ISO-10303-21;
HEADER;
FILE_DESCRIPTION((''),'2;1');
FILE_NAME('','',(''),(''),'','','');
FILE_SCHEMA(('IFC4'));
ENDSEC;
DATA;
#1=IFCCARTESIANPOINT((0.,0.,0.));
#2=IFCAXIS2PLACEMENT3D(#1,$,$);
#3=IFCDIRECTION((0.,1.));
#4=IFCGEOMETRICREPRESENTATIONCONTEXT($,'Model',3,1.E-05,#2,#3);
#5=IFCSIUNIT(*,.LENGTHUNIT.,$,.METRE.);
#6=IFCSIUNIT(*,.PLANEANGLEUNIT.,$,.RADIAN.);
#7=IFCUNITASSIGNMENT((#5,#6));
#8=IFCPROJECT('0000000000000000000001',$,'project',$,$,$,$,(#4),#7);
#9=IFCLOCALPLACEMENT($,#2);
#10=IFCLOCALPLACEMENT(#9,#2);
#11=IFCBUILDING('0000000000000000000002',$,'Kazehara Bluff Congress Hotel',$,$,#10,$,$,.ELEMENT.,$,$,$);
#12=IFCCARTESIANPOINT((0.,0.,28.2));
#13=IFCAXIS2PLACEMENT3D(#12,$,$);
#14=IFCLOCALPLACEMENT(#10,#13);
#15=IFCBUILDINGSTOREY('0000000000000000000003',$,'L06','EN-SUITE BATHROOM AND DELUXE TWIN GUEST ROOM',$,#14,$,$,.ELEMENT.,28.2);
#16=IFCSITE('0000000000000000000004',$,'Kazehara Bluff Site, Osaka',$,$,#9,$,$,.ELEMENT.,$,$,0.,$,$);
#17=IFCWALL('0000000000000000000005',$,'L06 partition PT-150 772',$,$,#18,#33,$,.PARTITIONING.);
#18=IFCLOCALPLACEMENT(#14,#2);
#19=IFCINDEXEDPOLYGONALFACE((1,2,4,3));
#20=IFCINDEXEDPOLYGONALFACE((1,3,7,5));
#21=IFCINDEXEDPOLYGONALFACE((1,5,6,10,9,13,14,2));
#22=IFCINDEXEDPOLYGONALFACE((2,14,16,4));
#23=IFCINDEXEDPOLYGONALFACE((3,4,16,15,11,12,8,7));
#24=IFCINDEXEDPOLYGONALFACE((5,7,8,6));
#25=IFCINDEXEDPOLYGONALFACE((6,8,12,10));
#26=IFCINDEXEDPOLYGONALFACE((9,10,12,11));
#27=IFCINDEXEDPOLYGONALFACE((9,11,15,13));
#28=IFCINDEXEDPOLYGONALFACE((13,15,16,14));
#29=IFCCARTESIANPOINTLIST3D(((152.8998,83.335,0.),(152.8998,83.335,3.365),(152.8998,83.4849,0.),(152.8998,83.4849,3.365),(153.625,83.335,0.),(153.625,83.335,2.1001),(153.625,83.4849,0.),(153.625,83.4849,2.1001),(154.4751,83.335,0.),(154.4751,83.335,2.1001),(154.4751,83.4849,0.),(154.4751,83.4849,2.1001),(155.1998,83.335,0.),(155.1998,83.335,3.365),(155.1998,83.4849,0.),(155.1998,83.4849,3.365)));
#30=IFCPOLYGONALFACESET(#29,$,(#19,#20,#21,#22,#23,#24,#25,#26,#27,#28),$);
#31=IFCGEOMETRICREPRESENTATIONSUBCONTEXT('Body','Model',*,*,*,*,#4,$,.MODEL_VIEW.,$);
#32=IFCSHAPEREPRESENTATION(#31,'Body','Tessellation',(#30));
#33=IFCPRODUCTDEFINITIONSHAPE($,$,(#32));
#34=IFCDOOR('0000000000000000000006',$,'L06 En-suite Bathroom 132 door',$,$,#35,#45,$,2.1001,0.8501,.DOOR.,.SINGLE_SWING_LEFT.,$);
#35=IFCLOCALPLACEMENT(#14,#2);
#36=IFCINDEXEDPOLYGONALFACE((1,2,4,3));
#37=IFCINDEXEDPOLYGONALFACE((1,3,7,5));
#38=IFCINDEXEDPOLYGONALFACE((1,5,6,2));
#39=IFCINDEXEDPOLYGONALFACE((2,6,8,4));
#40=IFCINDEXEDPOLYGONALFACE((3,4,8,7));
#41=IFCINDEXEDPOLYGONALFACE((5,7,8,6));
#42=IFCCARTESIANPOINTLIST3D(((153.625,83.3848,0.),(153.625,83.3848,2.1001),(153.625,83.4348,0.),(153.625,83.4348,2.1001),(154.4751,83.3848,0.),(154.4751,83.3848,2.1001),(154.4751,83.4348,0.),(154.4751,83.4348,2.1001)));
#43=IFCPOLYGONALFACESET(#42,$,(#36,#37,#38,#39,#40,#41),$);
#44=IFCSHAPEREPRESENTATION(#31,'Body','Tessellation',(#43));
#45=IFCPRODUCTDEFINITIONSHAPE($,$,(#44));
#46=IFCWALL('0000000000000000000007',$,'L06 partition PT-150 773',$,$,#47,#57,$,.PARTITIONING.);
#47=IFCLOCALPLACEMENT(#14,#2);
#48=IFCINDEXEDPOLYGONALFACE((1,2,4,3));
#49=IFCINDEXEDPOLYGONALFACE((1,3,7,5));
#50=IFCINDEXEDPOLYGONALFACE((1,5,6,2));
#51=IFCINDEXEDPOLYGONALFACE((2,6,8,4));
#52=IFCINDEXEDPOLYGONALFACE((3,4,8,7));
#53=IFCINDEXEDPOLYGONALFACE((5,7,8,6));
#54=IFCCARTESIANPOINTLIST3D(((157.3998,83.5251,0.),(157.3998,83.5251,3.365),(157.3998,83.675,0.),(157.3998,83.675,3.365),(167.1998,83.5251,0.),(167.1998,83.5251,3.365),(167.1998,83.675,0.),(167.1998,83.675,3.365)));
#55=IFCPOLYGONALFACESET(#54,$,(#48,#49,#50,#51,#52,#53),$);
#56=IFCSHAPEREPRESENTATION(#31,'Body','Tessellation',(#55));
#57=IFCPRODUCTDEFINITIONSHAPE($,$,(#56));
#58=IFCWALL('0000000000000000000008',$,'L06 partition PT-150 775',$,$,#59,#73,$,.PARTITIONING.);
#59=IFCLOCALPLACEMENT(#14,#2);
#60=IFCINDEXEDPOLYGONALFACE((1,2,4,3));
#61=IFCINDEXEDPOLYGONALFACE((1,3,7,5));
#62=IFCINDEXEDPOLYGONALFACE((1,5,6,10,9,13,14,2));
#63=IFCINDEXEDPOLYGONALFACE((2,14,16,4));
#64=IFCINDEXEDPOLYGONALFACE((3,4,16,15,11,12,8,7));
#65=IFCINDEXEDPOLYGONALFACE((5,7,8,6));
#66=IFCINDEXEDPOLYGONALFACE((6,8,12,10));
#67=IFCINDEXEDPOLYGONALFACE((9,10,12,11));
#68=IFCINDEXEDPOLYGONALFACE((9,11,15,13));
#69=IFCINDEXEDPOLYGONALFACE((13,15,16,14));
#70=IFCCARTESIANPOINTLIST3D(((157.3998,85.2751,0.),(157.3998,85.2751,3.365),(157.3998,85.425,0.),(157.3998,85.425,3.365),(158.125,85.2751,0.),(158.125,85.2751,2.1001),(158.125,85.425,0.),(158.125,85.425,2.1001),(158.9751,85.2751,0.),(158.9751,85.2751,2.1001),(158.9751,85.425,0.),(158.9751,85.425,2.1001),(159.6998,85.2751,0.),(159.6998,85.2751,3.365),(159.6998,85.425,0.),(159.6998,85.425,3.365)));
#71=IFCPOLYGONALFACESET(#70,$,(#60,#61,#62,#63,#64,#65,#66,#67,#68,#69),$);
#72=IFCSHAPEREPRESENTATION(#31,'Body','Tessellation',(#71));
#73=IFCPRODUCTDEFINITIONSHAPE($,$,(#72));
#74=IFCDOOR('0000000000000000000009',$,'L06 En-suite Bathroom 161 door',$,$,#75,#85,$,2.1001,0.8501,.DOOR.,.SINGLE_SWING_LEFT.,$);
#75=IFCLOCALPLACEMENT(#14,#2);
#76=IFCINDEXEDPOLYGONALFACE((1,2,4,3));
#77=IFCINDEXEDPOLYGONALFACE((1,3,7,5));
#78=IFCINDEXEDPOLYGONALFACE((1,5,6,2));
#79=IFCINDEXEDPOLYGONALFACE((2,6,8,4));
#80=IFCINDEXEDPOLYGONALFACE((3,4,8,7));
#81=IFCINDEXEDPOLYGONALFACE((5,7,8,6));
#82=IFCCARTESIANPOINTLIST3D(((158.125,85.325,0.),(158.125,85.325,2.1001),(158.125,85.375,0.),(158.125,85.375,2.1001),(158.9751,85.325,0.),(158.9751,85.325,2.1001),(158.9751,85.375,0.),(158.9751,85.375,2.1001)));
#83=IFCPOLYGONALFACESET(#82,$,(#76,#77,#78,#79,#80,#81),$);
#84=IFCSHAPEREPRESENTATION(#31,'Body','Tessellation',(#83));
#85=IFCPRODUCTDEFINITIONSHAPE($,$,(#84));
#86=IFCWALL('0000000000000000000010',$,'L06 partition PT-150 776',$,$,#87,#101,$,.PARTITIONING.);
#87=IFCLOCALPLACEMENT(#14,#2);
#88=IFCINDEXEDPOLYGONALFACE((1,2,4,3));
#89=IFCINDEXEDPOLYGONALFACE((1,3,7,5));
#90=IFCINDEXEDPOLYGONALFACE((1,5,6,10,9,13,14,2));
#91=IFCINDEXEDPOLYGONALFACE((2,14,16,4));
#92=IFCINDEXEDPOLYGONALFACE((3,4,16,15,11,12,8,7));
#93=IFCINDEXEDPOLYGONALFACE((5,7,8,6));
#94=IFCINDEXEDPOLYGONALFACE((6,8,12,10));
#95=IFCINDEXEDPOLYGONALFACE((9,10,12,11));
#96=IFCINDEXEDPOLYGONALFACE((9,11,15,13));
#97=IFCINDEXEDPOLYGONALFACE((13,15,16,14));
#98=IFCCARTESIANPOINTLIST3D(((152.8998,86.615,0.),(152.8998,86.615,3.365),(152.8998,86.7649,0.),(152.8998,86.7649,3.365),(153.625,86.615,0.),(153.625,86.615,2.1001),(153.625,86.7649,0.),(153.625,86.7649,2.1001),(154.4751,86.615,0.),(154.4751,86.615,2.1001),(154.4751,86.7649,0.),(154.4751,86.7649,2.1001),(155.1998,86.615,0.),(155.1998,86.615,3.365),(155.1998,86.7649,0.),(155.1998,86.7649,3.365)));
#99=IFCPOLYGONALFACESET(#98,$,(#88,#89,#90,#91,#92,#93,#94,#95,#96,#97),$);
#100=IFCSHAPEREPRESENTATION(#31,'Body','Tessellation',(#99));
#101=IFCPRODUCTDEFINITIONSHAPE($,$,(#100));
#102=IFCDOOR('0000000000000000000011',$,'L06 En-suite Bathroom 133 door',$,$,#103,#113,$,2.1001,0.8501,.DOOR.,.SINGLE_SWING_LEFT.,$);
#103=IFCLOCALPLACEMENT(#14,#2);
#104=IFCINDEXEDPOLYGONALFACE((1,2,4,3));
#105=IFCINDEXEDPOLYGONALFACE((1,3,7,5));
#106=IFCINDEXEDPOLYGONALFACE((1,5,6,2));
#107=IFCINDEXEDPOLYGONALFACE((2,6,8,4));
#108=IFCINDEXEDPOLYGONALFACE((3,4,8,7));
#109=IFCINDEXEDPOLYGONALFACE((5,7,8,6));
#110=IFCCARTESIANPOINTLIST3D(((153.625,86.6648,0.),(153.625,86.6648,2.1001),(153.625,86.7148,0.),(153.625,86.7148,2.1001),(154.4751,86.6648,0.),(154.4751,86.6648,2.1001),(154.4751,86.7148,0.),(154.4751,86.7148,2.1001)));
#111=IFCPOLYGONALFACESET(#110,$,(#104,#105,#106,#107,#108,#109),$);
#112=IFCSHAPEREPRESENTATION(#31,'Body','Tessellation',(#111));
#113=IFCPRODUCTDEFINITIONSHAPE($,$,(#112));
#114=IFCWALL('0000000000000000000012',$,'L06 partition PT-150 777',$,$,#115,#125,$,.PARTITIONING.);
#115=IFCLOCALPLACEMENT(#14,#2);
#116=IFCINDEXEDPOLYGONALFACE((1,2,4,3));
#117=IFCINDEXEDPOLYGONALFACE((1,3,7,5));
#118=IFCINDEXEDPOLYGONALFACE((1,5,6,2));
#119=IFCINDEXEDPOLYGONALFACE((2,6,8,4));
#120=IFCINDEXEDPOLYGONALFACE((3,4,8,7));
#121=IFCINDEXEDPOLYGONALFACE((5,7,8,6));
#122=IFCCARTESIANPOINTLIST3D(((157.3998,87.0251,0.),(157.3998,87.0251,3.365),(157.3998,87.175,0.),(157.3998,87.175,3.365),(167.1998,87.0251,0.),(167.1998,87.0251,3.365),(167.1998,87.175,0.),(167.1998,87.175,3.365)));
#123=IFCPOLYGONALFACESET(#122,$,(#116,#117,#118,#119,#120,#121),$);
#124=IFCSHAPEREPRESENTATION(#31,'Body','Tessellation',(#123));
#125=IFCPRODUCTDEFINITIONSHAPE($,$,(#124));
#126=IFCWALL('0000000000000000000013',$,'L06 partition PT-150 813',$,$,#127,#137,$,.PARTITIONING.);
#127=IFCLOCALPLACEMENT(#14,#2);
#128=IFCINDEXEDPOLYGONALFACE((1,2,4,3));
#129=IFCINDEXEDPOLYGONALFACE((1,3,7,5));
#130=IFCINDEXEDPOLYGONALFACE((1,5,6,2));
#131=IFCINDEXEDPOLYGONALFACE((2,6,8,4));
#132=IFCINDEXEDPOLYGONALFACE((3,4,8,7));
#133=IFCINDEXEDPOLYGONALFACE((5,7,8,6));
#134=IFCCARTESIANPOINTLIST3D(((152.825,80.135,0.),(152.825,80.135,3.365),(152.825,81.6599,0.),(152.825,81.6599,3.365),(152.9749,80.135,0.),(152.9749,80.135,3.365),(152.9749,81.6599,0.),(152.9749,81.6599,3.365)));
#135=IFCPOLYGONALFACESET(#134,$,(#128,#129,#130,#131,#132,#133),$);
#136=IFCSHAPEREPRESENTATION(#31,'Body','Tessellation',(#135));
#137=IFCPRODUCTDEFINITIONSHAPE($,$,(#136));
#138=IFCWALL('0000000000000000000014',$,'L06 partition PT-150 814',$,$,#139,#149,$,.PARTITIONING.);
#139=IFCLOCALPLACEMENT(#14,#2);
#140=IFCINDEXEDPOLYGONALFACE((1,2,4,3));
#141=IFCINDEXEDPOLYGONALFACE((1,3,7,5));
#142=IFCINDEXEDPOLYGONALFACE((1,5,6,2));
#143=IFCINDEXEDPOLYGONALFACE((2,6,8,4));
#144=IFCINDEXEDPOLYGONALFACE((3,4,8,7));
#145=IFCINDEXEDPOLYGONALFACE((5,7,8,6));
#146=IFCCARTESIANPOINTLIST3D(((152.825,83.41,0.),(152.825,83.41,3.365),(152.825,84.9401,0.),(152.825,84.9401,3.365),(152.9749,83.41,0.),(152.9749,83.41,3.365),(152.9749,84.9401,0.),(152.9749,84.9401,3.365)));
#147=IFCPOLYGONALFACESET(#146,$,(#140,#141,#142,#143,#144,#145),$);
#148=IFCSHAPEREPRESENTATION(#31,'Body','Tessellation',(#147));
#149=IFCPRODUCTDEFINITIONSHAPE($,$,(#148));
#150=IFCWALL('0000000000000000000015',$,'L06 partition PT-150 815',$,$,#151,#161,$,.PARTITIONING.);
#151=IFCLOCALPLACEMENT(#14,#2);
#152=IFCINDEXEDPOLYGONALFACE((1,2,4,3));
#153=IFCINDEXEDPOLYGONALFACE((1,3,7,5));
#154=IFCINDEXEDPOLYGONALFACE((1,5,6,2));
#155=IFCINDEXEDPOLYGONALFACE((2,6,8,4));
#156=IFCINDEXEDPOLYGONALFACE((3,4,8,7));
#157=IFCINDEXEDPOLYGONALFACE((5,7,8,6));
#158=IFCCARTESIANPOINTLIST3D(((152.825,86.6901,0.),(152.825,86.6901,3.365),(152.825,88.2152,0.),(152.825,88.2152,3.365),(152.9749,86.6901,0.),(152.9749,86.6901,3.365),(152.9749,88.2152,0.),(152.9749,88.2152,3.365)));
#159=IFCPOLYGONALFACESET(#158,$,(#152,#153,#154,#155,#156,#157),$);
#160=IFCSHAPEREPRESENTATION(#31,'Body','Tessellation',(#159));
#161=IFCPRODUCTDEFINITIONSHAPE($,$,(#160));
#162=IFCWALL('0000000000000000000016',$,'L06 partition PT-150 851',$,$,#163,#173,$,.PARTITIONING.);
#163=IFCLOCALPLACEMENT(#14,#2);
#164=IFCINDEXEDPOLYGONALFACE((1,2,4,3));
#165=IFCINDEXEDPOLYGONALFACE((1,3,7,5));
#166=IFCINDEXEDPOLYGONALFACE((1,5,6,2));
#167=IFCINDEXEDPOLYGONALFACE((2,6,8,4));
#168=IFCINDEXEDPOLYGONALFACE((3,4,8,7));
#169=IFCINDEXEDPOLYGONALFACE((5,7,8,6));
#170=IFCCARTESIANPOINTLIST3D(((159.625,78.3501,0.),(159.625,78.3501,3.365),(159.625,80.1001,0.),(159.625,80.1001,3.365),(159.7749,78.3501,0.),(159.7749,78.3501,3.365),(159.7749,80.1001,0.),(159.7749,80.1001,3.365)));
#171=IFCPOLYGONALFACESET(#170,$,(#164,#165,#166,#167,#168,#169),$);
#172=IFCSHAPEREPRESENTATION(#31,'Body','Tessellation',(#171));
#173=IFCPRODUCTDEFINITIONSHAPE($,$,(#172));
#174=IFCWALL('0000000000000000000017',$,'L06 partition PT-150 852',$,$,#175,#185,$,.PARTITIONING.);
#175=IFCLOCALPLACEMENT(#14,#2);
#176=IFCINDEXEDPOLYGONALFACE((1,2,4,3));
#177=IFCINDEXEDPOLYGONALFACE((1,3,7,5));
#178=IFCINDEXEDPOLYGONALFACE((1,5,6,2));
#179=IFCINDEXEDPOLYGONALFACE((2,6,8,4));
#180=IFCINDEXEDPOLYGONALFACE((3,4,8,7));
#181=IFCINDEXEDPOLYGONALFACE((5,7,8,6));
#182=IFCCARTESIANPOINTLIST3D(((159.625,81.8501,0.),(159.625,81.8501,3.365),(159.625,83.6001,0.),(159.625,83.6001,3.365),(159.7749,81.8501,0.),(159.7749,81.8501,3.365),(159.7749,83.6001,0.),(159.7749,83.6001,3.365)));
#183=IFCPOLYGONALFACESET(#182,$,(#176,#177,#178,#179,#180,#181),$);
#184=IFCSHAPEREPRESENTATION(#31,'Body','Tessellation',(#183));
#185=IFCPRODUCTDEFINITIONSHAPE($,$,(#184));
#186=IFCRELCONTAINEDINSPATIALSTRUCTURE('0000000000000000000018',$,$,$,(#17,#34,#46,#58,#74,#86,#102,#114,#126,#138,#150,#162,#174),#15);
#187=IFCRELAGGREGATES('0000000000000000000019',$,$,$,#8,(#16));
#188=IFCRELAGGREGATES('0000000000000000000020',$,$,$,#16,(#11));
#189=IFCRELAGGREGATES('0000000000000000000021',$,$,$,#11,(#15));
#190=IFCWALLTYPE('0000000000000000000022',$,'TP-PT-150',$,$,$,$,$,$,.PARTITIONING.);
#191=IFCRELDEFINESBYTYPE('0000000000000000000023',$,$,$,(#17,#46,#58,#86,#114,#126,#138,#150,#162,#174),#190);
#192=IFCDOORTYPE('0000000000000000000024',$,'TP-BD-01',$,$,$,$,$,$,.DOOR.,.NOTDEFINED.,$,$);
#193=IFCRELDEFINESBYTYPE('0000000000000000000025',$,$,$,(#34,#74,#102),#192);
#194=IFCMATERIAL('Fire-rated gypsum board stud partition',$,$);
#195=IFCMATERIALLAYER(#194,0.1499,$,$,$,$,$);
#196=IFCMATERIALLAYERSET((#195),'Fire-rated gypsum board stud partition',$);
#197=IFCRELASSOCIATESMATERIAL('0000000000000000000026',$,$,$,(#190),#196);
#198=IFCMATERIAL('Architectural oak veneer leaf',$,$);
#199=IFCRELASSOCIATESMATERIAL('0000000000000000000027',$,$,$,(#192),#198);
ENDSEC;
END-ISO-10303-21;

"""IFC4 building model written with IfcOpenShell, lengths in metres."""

from ifc_helpers import new_model, si_unit, direction, frame, frame_2d, origin, place, context, subcontext, project, spatial, rectangle, extrude, material, layer, layer_set, type_object, element, fill, save


model = new_model("IFC4")

# Units and contexts
model_context = context("Model", 3, precision=1e-05, world=origin(), true_north=direction((0.0, 1.0)))
body_context = subcontext(model_context, "Body", "Model", "MODEL_VIEW")
ifc_project = project(units=[si_unit("LENGTHUNIT", "METRE"), si_unit("PLANEANGLEUNIT", "RADIAN")], contexts=[model_context])

# Site, building, storey
site_placement = place(None, origin())
site = spatial("IfcSite", under=ifc_project, at=site_placement, Name="Kazehara Bluff Site, Osaka", CompositionType="ELEMENT", RefElevation=0.0)
building_placement = place(site_placement, origin())
building = spatial("IfcBuilding", under=site, at=building_placement, Name="Kazehara Bluff Congress Hotel", CompositionType="ELEMENT")
storey_placement = place(building_placement, frame((0.0, 0.0, 28.2)))
storey = spatial("IfcBuildingStorey", under=building, at=storey_placement, Name="L06", Description="EN-SUITE BATHROOM AND DELUXE TWIN GUEST ROOM", CompositionType="ELEMENT", Elevation=28.2)

# Shared definitions
ifc_material_1 = material(Name="Fire-rated gypsum board stud partition")
ifc_layer_1 = layer(ifc_material_1, 0.1499)
ifc_layer_set_1 = layer_set([ifc_layer_1], Name="Fire-rated gypsum board stud partition")
wall_type_1 = type_object("IfcWallType", Name="TP-PT-150", PredefinedType="PARTITIONING", material=ifc_layer_set_1)

# Wall, opening, door
ifc_material_2 = material(Name="Architectural oak veneer leaf")
door_type = type_object("IfcDoorType", Name="TP-BD-01", OperationType="NOTDEFINED", PredefinedType="DOOR", material=ifc_material_2)
wall_1_placement = place(storey_placement, frame((152.8999, 83.4099, 0.0), z_axis=(0.0, 0.0, 1.0), x_axis=(1.0, 0.0, 0.0)))
wall_1 = element("IfcWall", 1, at=wall_1_placement, inside=storey, type_object=wall_type_1, Name="L06 partition PT-150 772", PredefinedType="PARTITIONING", context=body_context, shape_type="SweptSolid", body=[
    extrude(rectangle(XDim=2.3, YDim=0.1499, at=frame_2d((1.1499, 0.0))), origin(), (0.0, 0.0, 1.0), 3.365),
])
opening_1_placement = place(wall_1_placement, frame((0.7251, 0.0, 0.0)))
opening_1 = element("IfcOpeningElement", 2, at=opening_1_placement, cuts=wall_1, PredefinedType="OPENING", context=body_context, shape_type="SweptSolid", body=[
    extrude(rectangle(XDim=0.8501, YDim=2.1001, at=frame_2d((0.425, 1.05))), frame((0.0, 0.085, 0.0), z_axis=(0.0, -1.0, 0.0), x_axis=(1.0, 0.0, 0.0)), (0.0, 0.0, 1.0), 0.1699),
])
door_1_placement = place(opening_1_placement, origin())
door_1 = element("IfcDoor", 3, at=door_1_placement, inside=storey, type_object=door_type, Name="L06 En-suite Bathroom 132 door", OperationType="SINGLE_SWING_LEFT", OverallHeight=2.1001, OverallWidth=0.8501, PredefinedType="DOOR", context=body_context, shape_type="SweptSolid", body=[
    extrude(rectangle(XDim=0.8501, YDim=2.1001, at=frame_2d((0.425, 1.05))), frame((0.0, 0.0249, 0.0), z_axis=(0.0, -1.0, 0.0), x_axis=(1.0, 0.0, 0.0)), (0.0, 0.0, 1.0), 0.05),
])
fill(opening_1, door_1)

# Wall
wall_2_placement = place(storey_placement, frame((157.3999, 83.6001, 0.0), z_axis=(0.0, 0.0, 1.0), x_axis=(1.0, 0.0, 0.0)))
element("IfcWall", 4, at=wall_2_placement, inside=storey, type_object=wall_type_1, Name="L06 partition PT-150 773", PredefinedType="PARTITIONING", context=body_context, shape_type="SweptSolid", body=[
    extrude(rectangle(XDim=9.8, YDim=0.1499, at=frame_2d((4.8999, 0.0))), origin(), (0.0, 0.0, 1.0), 3.365),
])

# Walls, openings, doors
wall_3_placement = place(storey_placement, frame((157.3999, 85.3501, 0.0), z_axis=(0.0, 0.0, 1.0), x_axis=(1.0, 0.0, 0.0)))
wall_3 = element("IfcWall", 5, at=wall_3_placement, inside=storey, type_object=wall_type_1, Name="L06 partition PT-150 775", PredefinedType="PARTITIONING", context=body_context, shape_type="SweptSolid", body=[
    extrude(rectangle(XDim=2.3, YDim=0.1499, at=frame_2d((1.1499, 0.0))), origin(), (0.0, 0.0, 1.0), 3.365),
])
opening_2_placement = place(wall_3_placement, frame((0.7251, 0.0, 0.0)))
opening_2 = element("IfcOpeningElement", 6, at=opening_2_placement, cuts=wall_3, PredefinedType="OPENING", context=body_context, shape_type="SweptSolid", body=[
    extrude(rectangle(XDim=0.8501, YDim=2.1001, at=frame_2d((0.425, 1.05))), frame((0.0, 0.085, 0.0), z_axis=(0.0, -1.0, 0.0), x_axis=(1.0, 0.0, 0.0)), (0.0, 0.0, 1.0), 0.1699),
])
door_2_placement = place(opening_2_placement, origin())
door_2 = element("IfcDoor", 7, at=door_2_placement, inside=storey, type_object=door_type, Name="L06 En-suite Bathroom 161 door", OperationType="SINGLE_SWING_LEFT", OverallHeight=2.1001, OverallWidth=0.8501, PredefinedType="DOOR", context=body_context, shape_type="SweptSolid", body=[
    extrude(rectangle(XDim=0.8501, YDim=2.1001, at=frame_2d((0.425, 1.05))), frame((0.0, 0.0249, 0.0), z_axis=(0.0, -1.0, 0.0), x_axis=(1.0, 0.0, 0.0)), (0.0, 0.0, 1.0), 0.05),
])
fill(opening_2, door_2)
wall_4_placement = place(storey_placement, frame((152.8999, 86.6899, 0.0), z_axis=(0.0, 0.0, 1.0), x_axis=(1.0, 0.0, 0.0)))
wall_4 = element("IfcWall", 8, at=wall_4_placement, inside=storey, type_object=wall_type_1, Name="L06 partition PT-150 776", PredefinedType="PARTITIONING", context=body_context, shape_type="SweptSolid", body=[
    extrude(rectangle(XDim=2.3, YDim=0.1499, at=frame_2d((1.1499, 0.0))), origin(), (0.0, 0.0, 1.0), 3.365),
])
opening_3_placement = place(wall_4_placement, frame((0.7251, 0.0, 0.0)))
opening_3 = element("IfcOpeningElement", 9, at=opening_3_placement, cuts=wall_4, PredefinedType="OPENING", context=body_context, shape_type="SweptSolid", body=[
    extrude(rectangle(XDim=0.8501, YDim=2.1001, at=frame_2d((0.425, 1.05))), frame((0.0, 0.085, 0.0), z_axis=(0.0, -1.0, 0.0), x_axis=(1.0, 0.0, 0.0)), (0.0, 0.0, 1.0), 0.1699),
])
door_3_placement = place(opening_3_placement, origin())
door_3 = element("IfcDoor", 10, at=door_3_placement, inside=storey, type_object=door_type, Name="L06 En-suite Bathroom 133 door", OperationType="SINGLE_SWING_LEFT", OverallHeight=2.1001, OverallWidth=0.8501, PredefinedType="DOOR", context=body_context, shape_type="SweptSolid", body=[
    extrude(rectangle(XDim=0.8501, YDim=2.1001, at=frame_2d((0.425, 1.05))), frame((0.0, 0.0249, 0.0), z_axis=(0.0, -1.0, 0.0), x_axis=(1.0, 0.0, 0.0)), (0.0, 0.0, 1.0), 0.05),
])
fill(opening_3, door_3)

# Walls
wall_5_placement = place(storey_placement, frame((157.3999, 87.1001, 0.0), z_axis=(0.0, 0.0, 1.0), x_axis=(1.0, 0.0, 0.0)))
element("IfcWall", 11, at=wall_5_placement, inside=storey, type_object=wall_type_1, Name="L06 partition PT-150 777", PredefinedType="PARTITIONING", context=body_context, shape_type="SweptSolid", body=[
    extrude(rectangle(XDim=9.8, YDim=0.1499, at=frame_2d((4.8999, 0.0))), origin(), (0.0, 0.0, 1.0), 3.365),
])
wall_6_placement = place(storey_placement, frame((152.8999, 80.135, 0.0), z_axis=(0.0, 0.0, 1.0), x_axis=(0.0, 1.0, 0.0)))
element("IfcWall", 12, at=wall_6_placement, inside=storey, type_object=wall_type_1, Name="L06 partition PT-150 813", PredefinedType="PARTITIONING", context=body_context, shape_type="SweptSolid", body=[
    extrude(rectangle(XDim=1.5249, YDim=0.1499, at=frame_2d((0.7625, 0.0))), origin(), (0.0, 0.0, 1.0), 3.365),
])
wall_7_placement = place(storey_placement, frame((152.8999, 83.4099, 0.0), z_axis=(0.0, 0.0, 1.0), x_axis=(0.0, 1.0, 0.0)))
element("IfcWall", 13, at=wall_7_placement, inside=storey, type_object=wall_type_1, Name="L06 partition PT-150 814", PredefinedType="PARTITIONING", context=body_context, shape_type="SweptSolid", body=[
    extrude(rectangle(XDim=1.53, YDim=0.1499, at=frame_2d((0.7651, 0.0))), origin(), (0.0, 0.0, 1.0), 3.365),
])
wall_8_placement = place(storey_placement, frame((152.8999, 86.6899, 0.0), z_axis=(0.0, 0.0, 1.0), x_axis=(0.0, 1.0, 0.0)))
element("IfcWall", 14, at=wall_8_placement, inside=storey, type_object=wall_type_1, Name="L06 partition PT-150 815", PredefinedType="PARTITIONING", context=body_context, shape_type="SweptSolid", body=[
    extrude(rectangle(XDim=1.5251, YDim=0.1499, at=frame_2d((0.7627, 0.0))), origin(), (0.0, 0.0, 1.0), 3.365),
])
for number, where, z_axis, x_axis, name in (
    (15, (159.7, 78.3501, 0.0), (0.0, 0.0, 1.0), (0.0, 1.0, 0.0), "L06 partition PT-150 851"),
    (16, (159.7, 81.8501, 0.0), (0.0, 0.0, 1.0), (0.0, 1.0, 0.0), "L06 partition PT-150 852"),
):
    element("IfcWall", number, at=place(storey_placement, frame(where, z_axis=z_axis, x_axis=x_axis)), inside=storey, type_object=wall_type_1, Name=name, PredefinedType="PARTITIONING", context=body_context, shape_type="SweptSolid", body=[
        extrude(rectangle(XDim=1.75, YDim=0.1499, at=frame_2d((0.875, 0.0))), origin(), (0.0, 0.0, 1.0), 3.365),
    ])

save(model, "model.ifc")
